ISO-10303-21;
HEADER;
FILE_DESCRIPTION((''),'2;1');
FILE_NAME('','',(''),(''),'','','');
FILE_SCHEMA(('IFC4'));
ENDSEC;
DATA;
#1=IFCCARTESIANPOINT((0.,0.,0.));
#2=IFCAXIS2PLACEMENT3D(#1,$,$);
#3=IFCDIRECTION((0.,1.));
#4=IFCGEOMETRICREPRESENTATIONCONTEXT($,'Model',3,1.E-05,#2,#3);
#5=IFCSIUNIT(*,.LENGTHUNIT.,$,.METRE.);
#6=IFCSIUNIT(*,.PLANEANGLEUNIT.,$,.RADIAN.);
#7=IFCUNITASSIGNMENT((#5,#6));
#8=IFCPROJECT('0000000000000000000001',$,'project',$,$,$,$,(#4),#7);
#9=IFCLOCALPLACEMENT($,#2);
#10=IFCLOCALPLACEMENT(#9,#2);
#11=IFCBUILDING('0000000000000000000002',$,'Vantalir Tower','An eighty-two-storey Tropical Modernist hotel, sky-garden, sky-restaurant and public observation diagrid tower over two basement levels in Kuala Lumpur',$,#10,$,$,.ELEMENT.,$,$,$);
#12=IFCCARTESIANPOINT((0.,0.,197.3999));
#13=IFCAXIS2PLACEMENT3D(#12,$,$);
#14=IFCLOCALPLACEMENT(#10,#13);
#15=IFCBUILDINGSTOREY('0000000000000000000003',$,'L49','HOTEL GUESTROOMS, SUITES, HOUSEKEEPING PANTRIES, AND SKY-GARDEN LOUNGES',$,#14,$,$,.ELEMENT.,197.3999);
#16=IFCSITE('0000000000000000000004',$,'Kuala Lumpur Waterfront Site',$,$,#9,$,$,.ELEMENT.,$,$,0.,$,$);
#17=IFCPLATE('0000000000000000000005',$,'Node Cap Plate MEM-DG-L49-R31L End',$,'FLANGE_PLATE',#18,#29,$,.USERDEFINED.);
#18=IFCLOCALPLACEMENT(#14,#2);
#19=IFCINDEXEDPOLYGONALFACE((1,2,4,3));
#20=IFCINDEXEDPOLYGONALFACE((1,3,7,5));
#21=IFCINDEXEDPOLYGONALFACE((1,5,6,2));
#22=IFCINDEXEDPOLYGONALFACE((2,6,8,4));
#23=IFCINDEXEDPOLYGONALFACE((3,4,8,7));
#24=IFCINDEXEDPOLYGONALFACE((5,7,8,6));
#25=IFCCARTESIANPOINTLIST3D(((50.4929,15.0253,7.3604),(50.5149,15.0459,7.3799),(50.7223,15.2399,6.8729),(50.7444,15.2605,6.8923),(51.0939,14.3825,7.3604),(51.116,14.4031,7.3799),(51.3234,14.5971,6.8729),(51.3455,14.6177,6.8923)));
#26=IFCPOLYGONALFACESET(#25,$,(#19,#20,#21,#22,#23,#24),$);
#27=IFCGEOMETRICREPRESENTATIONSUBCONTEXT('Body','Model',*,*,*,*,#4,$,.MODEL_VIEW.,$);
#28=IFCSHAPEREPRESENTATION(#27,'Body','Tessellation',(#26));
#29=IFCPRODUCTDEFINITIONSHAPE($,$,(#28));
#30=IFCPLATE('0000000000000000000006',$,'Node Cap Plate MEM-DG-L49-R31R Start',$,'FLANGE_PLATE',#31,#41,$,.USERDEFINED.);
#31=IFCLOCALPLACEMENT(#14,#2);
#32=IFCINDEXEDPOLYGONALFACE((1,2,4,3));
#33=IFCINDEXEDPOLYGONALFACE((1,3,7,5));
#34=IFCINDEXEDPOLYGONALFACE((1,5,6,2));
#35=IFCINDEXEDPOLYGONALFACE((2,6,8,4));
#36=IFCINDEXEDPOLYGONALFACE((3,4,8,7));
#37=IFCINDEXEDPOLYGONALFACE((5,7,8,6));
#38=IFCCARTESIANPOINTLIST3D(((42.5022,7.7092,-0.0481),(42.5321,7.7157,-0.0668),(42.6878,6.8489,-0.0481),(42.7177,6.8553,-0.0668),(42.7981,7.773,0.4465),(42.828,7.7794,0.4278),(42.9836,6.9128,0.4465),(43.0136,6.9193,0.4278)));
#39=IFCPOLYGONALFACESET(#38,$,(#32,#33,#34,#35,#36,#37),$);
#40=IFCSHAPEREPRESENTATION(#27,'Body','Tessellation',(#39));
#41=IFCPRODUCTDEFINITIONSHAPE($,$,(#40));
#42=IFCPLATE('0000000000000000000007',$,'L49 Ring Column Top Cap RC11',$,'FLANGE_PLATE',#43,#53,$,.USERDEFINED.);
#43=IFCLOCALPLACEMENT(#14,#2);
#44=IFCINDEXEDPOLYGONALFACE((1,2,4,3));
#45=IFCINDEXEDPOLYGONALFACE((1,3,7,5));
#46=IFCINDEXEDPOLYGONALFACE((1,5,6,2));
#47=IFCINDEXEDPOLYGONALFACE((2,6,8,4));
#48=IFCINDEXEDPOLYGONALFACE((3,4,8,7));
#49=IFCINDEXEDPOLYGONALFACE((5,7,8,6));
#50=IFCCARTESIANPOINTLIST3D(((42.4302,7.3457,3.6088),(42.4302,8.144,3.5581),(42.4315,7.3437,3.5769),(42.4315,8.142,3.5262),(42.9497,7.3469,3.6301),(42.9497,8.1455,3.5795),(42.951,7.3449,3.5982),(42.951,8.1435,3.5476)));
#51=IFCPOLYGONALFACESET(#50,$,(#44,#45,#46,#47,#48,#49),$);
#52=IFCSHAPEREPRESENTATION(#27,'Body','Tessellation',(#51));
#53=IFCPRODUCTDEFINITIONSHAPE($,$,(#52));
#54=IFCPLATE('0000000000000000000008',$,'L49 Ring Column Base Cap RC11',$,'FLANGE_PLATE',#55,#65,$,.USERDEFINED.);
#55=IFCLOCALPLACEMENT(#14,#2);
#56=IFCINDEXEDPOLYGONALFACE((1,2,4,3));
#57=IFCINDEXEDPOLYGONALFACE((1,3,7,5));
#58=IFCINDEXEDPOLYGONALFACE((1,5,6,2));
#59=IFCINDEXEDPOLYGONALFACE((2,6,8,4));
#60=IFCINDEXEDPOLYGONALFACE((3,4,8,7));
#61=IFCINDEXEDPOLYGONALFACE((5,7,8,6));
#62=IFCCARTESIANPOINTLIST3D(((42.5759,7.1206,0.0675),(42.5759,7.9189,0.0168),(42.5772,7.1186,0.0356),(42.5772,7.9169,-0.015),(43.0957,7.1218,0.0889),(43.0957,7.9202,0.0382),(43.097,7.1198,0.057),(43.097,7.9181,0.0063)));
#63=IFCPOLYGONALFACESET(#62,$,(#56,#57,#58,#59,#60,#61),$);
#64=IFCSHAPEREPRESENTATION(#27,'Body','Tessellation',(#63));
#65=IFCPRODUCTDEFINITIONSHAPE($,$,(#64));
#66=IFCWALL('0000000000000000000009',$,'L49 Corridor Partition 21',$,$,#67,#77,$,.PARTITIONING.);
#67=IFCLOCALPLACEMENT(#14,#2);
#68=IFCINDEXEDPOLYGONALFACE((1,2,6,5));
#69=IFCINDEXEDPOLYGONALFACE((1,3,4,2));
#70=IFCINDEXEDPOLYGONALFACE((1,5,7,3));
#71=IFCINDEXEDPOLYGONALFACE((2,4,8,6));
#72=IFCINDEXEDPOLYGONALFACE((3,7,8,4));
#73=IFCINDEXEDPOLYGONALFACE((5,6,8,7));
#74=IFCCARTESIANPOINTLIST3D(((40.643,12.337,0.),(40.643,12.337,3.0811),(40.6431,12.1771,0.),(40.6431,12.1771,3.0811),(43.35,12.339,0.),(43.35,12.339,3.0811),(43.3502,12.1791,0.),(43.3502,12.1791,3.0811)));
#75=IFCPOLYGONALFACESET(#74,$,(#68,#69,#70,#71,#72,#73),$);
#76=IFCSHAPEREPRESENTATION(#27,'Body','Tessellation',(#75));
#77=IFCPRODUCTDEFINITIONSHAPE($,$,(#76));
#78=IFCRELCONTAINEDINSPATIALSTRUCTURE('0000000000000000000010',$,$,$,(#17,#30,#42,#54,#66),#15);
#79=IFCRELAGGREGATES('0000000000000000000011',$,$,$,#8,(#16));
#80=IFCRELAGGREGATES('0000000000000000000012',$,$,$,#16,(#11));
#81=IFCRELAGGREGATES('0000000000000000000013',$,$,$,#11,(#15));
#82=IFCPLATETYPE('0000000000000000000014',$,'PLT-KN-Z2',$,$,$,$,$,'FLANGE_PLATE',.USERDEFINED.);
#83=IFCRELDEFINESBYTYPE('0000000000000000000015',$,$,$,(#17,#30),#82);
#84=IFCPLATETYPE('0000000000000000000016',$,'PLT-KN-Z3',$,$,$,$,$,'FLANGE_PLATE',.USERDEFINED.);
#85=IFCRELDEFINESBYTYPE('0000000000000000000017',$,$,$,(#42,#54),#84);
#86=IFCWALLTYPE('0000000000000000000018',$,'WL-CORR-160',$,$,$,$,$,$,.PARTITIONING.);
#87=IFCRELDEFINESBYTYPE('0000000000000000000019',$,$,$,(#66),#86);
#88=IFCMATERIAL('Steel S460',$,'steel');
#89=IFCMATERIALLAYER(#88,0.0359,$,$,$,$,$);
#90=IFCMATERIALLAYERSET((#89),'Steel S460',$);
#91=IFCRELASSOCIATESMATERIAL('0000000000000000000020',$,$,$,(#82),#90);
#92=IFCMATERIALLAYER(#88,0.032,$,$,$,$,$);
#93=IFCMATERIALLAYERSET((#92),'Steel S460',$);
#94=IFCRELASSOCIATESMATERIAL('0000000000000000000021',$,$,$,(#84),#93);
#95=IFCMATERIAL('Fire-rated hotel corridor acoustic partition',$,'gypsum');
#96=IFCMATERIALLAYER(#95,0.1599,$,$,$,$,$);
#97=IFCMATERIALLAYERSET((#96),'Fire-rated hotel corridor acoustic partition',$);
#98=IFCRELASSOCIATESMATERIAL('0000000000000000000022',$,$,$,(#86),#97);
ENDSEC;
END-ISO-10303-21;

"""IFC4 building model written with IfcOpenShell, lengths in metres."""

from ifc_helpers import new_model, si_unit, direction, frame, frame_2d, origin, place, context, subcontext, project, spatial, polyline, rectangle, outline, extrude, material, layer, layer_set, type_object, element, save


model = new_model("IFC4")

# Units and contexts
model_context = context("Model", 3, precision=1e-05, world=origin(), true_north=direction((0.0, 1.0)))
body_context = subcontext(model_context, "Body", "Model", "MODEL_VIEW")
ifc_project = project(units=[si_unit("LENGTHUNIT", "METRE"), si_unit("PLANEANGLEUNIT", "RADIAN")], contexts=[model_context])

# Site, building, storey
site_placement = place(None, origin())
site = spatial("IfcSite", under=ifc_project, at=site_placement, Name="Kuala Lumpur Waterfront Site", CompositionType="ELEMENT", RefElevation=0.0)
building_placement = place(site_placement, origin())
building = spatial("IfcBuilding", under=site, at=building_placement, Name="Vantalir Tower", Description="An eighty-two-storey Tropical Modernist hotel, sky-garden, sky-restaurant and public observation diagrid tower over two basement levels in Kuala Lumpur", CompositionType="ELEMENT")
storey_placement = place(building_placement, frame((0.0, 0.0, 197.3999)))
storey = spatial("IfcBuildingStorey", under=building, at=storey_placement, Name="L49", Description="HOTEL GUESTROOMS, SUITES, HOUSEKEEPING PANTRIES, AND SKY-GARDEN LOUNGES", CompositionType="ELEMENT", Elevation=197.3999)

# Shared definitions
ifc_material_1 = material(Name="Steel S460", Category="steel")

# Plates
ifc_layer_1 = layer(ifc_material_1, 0.0359)
ifc_layer_set_1 = layer_set([ifc_layer_1], Name="Steel S460")
plate_type_1 = type_object("IfcPlateType", Name="PLT-KN-Z2", ElementType="FLANGE_PLATE", PredefinedType="USERDEFINED", material=ifc_layer_set_1)
for number, where, z_axis, x_axis, name in (
    (1, (51.3455, 14.6177, 6.8923), (0.613977, 0.574102, 0.5417), (-0.68299, 0.730428, 0.0), "Node Cap Plate MEM-DG-L49-R31L End"),
):
    element("IfcPlate", number, at=place(storey_placement, frame(where, z_axis=z_axis, x_axis=x_axis)), inside=storey, type_object=plate_type_1, Name=name, ObjectType="FLANGE_PLATE", PredefinedType="USERDEFINED", context=body_context, shape_type="SweptSolid", body=[
        extrude(outline(polyline([(0.0, 0.0), (0.8801, 0.0), (0.8801, 0.58), (0.0, 0.58), (0.0, 0.0)])), origin(), (0.0, 0.0, -1.0), 0.0359),
    ])
plate_1_placement = place(storey_placement, frame((42.5022, 7.7092, -0.0481), z_axis=(-0.833774, -0.17984, 0.521995), x_axis=(0.210838, -0.977521, -0.000013)))
element("IfcPlate", 2, at=plate_1_placement, inside=storey, type_object=plate_type_1, Name="Node Cap Plate MEM-DG-L49-R31R Start", ObjectType="FLANGE_PLATE", PredefinedType="USERDEFINED", context=body_context, shape_type="SweptSolid", body=[
    extrude(outline(polyline([(0.0, 0.0), (0.8801, 0.0), (0.88, 0.5799), (0.0001, 0.5799), (0.0, 0.0)])), origin(), (0.0, 0.0, -1.0), 0.0359),
])
ifc_layer_2 = layer(ifc_material_1, 0.032)
ifc_layer_set_2 = layer_set([ifc_layer_2], Name="Steel S460")
plate_type_2 = type_object("IfcPlateType", Name="PLT-KN-Z3", ElementType="FLANGE_PLATE", PredefinedType="USERDEFINED", material=ifc_layer_set_2)
plate_2_placement = place(storey_placement, frame((42.4302, 8.144, 3.5581), z_axis=(-0.041165, 0.063265, 0.997147), x_axis=(-0.000006, -0.997993, 0.063318)))
element("IfcPlate", 3, at=plate_2_placement, inside=storey, type_object=plate_type_2, Name="L49 Ring Column Top Cap RC11", ObjectType="FLANGE_PLATE", PredefinedType="USERDEFINED", context=body_context, shape_type="SweptSolid", body=[
    extrude(outline(polyline([(0.0, 0.0), (0.7999, 0.0), (0.8001, 0.52), (-0.0001, 0.52), (0.0, 0.0)])), origin(), (0.0, 0.0, -1.0), 0.032),
])
plate_3_placement = place(storey_placement, frame((42.5759, 7.9189, 0.0168), z_axis=(-0.041131, 0.063275, 0.997148), x_axis=(0.000006, -0.997993, 0.063329)))
element("IfcPlate", 4, at=plate_3_placement, inside=storey, type_object=plate_type_2, Name="L49 Ring Column Base Cap RC11", ObjectType="FLANGE_PLATE", PredefinedType="USERDEFINED", context=body_context, shape_type="SweptSolid", body=[
    extrude(outline(polyline([(0.0, 0.0), (0.8, 0.0), (0.8001, 0.5202), (0.0001, 0.5202), (0.0, 0.0)])), origin(), (0.0, 0.0, -1.0), 0.032),
])

# Wall
ifc_material_2 = material(Name="Fire-rated hotel corridor acoustic partition", Category="gypsum")
ifc_layer_3 = layer(ifc_material_2, 0.1599)
ifc_layer_set_3 = layer_set([ifc_layer_3], Name="Fire-rated hotel corridor acoustic partition")
wall_type = type_object("IfcWallType", Name="WL-CORR-160", PredefinedType="PARTITIONING", material=ifc_layer_set_3)
wall_placement = place(storey_placement, frame((43.3501, 12.259, 0.0), z_axis=(0.0, 0.0, 1.0), x_axis=(-1.0, -0.000722, 0.0)))
element("IfcWall", 5, at=wall_placement, inside=storey, type_object=wall_type, Name="L49 Corridor Partition 21", PredefinedType="PARTITIONING", context=body_context, shape_type="SweptSolid", body=[
    extrude(rectangle(XDim=2.707, YDim=0.1599, at=frame_2d((1.3535, 0.0))), origin(), (0.0, 0.0, 1.0), 3.0811),
])

save(model, "model.ifc")
